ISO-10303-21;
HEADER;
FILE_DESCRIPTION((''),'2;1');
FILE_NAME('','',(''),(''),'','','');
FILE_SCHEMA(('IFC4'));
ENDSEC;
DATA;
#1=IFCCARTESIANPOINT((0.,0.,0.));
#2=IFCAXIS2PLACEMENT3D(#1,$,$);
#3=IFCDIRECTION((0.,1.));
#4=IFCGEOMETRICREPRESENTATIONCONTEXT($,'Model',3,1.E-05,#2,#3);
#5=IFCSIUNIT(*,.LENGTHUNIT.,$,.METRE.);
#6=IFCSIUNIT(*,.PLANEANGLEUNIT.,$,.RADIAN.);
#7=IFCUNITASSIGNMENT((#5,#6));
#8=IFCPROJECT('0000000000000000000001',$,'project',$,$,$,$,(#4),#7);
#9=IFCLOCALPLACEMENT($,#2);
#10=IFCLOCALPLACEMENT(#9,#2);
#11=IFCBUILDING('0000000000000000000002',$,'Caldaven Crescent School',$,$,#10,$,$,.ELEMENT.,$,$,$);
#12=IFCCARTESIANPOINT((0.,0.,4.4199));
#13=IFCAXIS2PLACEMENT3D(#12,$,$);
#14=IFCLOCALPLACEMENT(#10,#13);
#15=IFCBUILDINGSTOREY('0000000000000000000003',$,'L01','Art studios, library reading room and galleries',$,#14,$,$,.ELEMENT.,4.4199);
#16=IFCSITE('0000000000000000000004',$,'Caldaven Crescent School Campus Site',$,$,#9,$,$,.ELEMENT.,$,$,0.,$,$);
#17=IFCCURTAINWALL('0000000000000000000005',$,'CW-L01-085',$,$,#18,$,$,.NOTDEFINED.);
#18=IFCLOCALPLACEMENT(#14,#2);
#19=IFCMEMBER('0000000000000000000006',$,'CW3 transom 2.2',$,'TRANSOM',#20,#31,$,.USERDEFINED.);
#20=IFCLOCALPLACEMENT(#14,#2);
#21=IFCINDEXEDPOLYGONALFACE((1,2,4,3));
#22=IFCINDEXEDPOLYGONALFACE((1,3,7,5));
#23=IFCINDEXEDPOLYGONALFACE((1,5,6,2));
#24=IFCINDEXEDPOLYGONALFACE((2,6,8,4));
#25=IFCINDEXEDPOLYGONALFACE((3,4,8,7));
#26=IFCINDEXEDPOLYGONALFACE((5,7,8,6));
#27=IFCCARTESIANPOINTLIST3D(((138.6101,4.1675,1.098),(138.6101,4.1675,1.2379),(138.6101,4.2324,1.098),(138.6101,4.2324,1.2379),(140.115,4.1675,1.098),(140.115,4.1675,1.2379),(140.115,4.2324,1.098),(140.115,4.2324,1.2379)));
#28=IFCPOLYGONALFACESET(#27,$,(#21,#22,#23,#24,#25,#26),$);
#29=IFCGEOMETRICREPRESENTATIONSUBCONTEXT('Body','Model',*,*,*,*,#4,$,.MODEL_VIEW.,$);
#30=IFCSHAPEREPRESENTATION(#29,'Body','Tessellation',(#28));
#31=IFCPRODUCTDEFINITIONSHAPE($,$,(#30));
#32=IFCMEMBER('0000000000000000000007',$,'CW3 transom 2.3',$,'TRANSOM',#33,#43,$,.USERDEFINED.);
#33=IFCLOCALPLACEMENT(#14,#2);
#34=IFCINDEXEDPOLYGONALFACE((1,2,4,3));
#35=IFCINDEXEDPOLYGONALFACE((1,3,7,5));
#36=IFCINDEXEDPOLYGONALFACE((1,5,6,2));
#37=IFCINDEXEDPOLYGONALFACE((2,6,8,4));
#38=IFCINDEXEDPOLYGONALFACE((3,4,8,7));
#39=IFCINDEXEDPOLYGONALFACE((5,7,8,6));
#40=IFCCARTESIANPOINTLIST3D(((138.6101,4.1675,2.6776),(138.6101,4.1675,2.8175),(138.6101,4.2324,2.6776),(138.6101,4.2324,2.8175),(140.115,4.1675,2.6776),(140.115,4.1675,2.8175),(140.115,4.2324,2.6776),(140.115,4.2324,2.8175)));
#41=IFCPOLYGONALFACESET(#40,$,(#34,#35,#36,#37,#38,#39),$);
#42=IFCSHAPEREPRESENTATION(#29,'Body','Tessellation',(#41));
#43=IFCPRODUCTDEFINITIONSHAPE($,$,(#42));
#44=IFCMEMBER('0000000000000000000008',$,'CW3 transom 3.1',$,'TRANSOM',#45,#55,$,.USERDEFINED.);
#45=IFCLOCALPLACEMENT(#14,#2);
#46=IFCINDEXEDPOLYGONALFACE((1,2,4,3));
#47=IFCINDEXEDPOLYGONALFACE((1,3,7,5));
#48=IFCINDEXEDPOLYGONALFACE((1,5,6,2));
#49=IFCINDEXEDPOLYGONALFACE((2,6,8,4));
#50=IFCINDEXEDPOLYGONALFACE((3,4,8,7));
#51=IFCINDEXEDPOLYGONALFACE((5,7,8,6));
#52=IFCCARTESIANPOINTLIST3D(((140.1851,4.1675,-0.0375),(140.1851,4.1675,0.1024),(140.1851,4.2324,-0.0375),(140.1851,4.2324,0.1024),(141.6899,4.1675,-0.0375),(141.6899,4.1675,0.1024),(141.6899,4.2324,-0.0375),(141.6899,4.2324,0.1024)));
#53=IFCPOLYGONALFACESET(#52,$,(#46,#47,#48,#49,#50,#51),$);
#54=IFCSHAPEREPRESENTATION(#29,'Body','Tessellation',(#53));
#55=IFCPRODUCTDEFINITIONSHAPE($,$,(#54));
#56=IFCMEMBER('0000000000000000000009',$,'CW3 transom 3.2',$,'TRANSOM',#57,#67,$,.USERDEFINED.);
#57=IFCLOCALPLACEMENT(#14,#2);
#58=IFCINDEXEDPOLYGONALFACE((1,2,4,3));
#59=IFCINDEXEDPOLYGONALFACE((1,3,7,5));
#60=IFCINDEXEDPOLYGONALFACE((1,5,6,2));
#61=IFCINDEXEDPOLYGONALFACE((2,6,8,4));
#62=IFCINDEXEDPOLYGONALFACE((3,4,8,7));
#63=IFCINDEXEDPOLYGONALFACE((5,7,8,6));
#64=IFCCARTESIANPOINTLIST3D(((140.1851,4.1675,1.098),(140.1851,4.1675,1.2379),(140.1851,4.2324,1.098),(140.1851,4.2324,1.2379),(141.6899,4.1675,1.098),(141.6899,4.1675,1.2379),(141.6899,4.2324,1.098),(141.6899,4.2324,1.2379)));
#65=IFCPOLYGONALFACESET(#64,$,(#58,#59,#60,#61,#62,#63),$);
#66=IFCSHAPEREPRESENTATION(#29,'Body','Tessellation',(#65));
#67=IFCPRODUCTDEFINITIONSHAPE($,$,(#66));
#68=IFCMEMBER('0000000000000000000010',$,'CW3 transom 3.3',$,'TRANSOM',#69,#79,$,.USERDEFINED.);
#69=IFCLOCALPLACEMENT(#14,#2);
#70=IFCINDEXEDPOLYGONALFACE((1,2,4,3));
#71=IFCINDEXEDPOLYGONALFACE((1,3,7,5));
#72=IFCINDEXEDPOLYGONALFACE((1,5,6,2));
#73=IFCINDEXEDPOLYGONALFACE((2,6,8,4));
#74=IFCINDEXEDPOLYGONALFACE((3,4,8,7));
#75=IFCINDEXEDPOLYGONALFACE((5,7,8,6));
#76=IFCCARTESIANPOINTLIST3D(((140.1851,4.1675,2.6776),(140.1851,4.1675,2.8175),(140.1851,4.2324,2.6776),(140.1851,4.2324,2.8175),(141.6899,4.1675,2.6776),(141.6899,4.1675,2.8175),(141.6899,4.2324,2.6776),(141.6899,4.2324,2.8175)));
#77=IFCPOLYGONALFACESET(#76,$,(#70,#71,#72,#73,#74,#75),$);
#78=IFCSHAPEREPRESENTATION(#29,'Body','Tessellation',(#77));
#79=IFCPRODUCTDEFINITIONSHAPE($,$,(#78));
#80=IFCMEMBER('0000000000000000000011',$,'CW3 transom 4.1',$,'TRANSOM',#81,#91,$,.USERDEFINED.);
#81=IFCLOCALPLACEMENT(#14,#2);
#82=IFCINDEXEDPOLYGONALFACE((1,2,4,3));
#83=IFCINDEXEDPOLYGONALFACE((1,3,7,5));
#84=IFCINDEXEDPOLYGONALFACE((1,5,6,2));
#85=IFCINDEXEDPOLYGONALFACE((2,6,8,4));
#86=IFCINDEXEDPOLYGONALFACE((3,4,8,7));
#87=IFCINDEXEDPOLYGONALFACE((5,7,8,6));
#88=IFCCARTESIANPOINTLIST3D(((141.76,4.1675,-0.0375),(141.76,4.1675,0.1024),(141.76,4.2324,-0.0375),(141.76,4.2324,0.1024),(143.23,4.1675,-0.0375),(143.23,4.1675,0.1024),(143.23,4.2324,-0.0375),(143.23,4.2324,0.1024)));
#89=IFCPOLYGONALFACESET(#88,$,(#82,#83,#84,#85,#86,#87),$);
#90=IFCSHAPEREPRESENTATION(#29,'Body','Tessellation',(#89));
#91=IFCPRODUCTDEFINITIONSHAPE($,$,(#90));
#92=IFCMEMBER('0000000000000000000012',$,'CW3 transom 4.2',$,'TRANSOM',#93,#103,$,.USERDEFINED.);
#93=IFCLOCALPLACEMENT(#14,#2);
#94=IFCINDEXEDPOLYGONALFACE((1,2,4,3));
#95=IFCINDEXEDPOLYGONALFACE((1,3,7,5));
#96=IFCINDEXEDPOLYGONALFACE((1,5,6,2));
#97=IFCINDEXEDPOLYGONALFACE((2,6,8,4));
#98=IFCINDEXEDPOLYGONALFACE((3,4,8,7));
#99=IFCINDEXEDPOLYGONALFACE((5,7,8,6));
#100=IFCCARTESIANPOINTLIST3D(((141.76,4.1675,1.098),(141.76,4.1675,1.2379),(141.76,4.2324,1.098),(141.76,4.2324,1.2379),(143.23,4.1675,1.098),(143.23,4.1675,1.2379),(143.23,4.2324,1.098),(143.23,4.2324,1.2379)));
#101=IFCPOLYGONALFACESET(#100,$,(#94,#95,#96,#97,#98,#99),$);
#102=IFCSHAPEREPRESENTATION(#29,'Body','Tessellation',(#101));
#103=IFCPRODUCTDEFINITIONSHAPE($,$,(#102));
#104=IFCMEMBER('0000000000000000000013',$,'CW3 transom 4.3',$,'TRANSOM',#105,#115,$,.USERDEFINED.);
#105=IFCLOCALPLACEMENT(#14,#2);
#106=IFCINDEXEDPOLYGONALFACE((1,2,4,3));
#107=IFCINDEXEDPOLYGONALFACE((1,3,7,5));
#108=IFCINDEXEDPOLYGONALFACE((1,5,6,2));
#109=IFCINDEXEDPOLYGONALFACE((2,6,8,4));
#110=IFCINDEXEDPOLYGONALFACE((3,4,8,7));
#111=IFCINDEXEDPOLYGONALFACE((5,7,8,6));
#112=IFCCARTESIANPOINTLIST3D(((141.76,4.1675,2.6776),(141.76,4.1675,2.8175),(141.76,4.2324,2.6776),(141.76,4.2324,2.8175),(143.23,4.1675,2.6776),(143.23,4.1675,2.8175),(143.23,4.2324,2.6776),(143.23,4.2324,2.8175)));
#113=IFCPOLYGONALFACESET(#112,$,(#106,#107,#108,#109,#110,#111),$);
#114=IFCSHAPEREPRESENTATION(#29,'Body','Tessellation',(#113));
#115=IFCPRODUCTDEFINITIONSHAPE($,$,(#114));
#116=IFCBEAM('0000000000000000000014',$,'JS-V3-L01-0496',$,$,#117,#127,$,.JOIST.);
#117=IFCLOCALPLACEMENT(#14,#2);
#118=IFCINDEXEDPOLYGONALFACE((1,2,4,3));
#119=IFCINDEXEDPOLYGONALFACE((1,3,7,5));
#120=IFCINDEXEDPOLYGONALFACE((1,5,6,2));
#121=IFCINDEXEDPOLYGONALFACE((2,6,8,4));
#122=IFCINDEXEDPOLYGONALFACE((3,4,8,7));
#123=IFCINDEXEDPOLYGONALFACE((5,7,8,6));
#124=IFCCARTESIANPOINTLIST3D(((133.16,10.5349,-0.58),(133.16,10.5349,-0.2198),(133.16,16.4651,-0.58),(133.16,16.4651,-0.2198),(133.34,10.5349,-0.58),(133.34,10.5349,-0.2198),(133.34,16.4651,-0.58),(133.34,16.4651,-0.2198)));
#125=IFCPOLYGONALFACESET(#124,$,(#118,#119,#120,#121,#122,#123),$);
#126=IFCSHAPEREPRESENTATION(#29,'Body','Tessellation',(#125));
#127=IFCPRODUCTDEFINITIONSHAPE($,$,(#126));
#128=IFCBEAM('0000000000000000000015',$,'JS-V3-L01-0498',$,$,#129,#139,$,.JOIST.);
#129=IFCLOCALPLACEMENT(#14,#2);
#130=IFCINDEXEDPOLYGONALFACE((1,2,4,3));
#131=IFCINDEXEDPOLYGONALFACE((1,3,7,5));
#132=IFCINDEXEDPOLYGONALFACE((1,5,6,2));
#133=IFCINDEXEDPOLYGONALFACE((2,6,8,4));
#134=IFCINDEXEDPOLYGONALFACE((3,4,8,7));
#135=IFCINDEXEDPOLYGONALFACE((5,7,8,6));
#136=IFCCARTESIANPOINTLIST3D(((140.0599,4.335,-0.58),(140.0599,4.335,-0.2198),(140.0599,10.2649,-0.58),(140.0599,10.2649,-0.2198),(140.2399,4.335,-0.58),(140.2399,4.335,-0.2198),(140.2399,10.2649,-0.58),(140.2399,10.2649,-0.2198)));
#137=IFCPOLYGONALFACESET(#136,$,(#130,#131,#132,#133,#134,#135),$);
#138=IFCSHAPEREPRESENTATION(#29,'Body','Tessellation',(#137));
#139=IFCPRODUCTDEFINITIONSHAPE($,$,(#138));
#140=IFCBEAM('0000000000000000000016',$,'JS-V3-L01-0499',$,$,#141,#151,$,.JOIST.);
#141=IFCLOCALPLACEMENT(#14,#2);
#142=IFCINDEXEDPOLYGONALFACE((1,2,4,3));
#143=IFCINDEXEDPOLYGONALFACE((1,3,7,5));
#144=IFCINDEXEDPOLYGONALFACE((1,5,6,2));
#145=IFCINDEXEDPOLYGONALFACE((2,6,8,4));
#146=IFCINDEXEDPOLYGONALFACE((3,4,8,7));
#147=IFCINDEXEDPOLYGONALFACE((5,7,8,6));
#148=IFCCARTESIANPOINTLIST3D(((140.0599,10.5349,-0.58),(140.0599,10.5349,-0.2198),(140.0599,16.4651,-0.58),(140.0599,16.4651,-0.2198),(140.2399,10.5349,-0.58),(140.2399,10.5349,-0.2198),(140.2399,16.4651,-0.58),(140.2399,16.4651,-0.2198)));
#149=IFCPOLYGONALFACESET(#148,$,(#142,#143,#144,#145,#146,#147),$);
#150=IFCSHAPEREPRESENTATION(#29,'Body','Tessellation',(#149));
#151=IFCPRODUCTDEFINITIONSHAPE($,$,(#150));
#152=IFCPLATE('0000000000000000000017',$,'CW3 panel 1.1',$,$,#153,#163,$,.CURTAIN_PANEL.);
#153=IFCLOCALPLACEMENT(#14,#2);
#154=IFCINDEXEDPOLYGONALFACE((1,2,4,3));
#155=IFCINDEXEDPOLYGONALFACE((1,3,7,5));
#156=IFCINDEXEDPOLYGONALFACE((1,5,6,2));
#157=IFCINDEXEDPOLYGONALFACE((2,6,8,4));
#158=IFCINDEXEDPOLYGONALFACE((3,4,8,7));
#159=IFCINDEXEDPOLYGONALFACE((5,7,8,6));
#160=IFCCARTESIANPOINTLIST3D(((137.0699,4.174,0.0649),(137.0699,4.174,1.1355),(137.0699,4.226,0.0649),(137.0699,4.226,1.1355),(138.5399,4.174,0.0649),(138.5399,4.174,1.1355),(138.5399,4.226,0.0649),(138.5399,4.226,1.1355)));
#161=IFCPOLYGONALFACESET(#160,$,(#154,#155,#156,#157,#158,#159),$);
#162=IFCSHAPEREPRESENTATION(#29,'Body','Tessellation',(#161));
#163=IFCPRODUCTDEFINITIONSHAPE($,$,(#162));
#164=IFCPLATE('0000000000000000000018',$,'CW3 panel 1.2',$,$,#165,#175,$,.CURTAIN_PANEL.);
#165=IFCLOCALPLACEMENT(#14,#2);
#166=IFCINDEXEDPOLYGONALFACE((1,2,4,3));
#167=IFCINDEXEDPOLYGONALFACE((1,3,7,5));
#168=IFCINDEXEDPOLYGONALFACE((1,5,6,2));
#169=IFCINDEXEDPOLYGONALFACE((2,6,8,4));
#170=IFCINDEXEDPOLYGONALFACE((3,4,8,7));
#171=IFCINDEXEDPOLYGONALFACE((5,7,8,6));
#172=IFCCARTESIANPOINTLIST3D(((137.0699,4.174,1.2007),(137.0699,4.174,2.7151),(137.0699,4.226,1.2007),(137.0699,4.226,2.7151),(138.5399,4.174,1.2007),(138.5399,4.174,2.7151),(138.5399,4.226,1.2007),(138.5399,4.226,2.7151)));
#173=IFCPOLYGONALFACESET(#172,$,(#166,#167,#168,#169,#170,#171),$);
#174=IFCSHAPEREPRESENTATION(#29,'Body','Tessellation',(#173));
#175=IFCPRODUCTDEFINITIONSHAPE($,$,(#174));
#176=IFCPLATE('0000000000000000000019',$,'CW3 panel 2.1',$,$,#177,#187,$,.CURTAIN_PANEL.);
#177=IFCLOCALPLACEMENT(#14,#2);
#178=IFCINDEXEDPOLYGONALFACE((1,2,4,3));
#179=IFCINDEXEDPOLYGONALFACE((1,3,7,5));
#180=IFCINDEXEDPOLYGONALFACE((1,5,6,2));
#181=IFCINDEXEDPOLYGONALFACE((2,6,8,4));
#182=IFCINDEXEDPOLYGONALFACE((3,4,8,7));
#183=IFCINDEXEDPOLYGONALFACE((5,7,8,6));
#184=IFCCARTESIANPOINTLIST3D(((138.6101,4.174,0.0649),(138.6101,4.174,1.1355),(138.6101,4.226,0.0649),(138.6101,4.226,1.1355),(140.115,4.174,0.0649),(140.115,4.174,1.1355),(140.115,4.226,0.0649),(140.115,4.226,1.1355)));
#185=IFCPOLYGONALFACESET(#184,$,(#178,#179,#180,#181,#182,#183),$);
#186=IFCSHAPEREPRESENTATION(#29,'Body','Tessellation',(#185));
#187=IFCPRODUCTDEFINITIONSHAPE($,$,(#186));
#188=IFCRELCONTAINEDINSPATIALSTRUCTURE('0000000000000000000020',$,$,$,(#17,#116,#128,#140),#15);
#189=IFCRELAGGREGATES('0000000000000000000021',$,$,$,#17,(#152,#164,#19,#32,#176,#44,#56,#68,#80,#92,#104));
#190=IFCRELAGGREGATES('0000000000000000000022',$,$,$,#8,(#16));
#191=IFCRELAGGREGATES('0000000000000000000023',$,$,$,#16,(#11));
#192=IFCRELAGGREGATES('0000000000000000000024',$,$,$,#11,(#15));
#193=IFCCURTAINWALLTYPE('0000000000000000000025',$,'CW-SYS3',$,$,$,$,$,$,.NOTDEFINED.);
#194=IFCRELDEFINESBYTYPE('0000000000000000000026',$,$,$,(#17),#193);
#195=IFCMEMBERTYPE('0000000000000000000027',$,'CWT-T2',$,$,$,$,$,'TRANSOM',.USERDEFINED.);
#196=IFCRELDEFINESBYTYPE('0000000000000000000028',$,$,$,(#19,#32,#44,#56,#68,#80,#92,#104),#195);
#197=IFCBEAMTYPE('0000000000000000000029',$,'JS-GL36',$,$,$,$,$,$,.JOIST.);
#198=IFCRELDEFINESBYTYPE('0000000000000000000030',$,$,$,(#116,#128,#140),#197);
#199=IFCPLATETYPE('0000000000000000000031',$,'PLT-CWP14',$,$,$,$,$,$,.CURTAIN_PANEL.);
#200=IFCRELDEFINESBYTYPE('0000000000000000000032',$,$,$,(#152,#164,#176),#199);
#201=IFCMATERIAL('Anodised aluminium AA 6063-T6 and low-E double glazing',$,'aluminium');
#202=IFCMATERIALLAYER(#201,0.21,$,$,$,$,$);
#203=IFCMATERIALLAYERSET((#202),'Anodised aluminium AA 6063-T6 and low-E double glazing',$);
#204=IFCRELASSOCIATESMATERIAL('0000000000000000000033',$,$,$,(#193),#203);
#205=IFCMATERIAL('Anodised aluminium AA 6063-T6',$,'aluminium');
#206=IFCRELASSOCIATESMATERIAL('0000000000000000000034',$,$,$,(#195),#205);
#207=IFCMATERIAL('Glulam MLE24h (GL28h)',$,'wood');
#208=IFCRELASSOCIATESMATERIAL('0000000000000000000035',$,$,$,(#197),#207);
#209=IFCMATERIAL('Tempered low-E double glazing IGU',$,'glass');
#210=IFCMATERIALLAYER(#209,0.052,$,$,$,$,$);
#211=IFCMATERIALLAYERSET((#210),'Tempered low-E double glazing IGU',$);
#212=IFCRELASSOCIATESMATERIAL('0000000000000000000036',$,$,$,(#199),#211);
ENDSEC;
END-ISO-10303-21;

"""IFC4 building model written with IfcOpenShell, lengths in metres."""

from ifc_helpers import new_model, si_unit, direction, frame, origin, origin_2d, place, context, subcontext, project, spatial, rectangle, extrude, material, layer, layer_set, material_profile, profile_set, type_object, element, aggregate, save


model = new_model("IFC4")

# Units and contexts
model_context = context("Model", 3, precision=1e-05, world=origin(), true_north=direction((0.0, 1.0)))
body_context = subcontext(model_context, "Body", "Model", "MODEL_VIEW")
ifc_project = project(units=[si_unit("LENGTHUNIT", "METRE"), si_unit("PLANEANGLEUNIT", "RADIAN")], contexts=[model_context])

# Site, building, storey
site_placement = place(None, origin())
site = spatial("IfcSite", under=ifc_project, at=site_placement, Name="Caldaven Crescent School Campus Site", CompositionType="ELEMENT", RefElevation=0.0)
building_placement = place(site_placement, origin())
building = spatial("IfcBuilding", under=site, at=building_placement, Name="Caldaven Crescent School", CompositionType="ELEMENT")
storey_placement = place(building_placement, frame((0.0, 0.0, 4.4199)))
storey = spatial("IfcBuildingStorey", under=building, at=storey_placement, Name="L01", Description="Art studios, library reading room and galleries", CompositionType="ELEMENT", Elevation=4.4199)

# Shared definitions
ifc_material_1 = material(Name="Glulam MLE24h (GL28h)", Category="wood")

# Curtain wall, members
ifc_material_2 = material(Name="Anodised aluminium AA 6063-T6 and low-E double glazing", Category="aluminium")
ifc_layer_1 = layer(ifc_material_2, 0.21)
ifc_layer_set_1 = layer_set([ifc_layer_1], Name="Anodised aluminium AA 6063-T6 and low-E double glazing")
curtain_wall_type = type_object("IfcCurtainWallType", Name="CW-SYS3", PredefinedType="NOTDEFINED", material=ifc_layer_set_1)
curtain_wall_placement = place(storey_placement, origin())
curtain_wall = element("IfcCurtainWall", 1, at=curtain_wall_placement, inside=storey, type_object=curtain_wall_type, Name="CW-L01-085", PredefinedType="NOTDEFINED")
ifc_material_3 = material(Name="Anodised aluminium AA 6063-T6", Category="aluminium")
ifc_material_profile_1 = material_profile(ifc_material_3, rectangle(XDim=0.0649, YDim=0.1399, at=origin_2d()), Name="CWT 65x140")
ifc_profile_set_1 = profile_set([ifc_material_profile_1], Name="Anodised aluminium AA 6063-T6")
member_type_1 = type_object("IfcMemberType", Name="CWT-T2", ElementType="TRANSOM", PredefinedType="USERDEFINED", material=ifc_profile_set_1)
member_1_placement = place(storey_placement, frame((138.6101, 4.2, 1.168), z_axis=(1.0, 0.0, 0.0), x_axis=(0.0, 1.0, 0.0)))
member_1 = element("IfcMember", 2, at=member_1_placement, type_object=member_type_1, Name="CW3 transom 2.2", ObjectType="TRANSOM", PredefinedType="USERDEFINED", context=body_context, shape_type="SweptSolid", body=[
    extrude(rectangle(XDim=0.0649, YDim=0.1399, at=origin_2d()), origin(), (0.0, 0.0, 1.0), 1.5049),
])
member_2_placement = place(storey_placement, frame((138.6101, 4.2, 2.7476), z_axis=(1.0, 0.0, 0.0), x_axis=(0.0, 1.0, 0.0)))
member_2 = element("IfcMember", 3, at=member_2_placement, type_object=member_type_1, Name="CW3 transom 2.3", ObjectType="TRANSOM", PredefinedType="USERDEFINED", context=body_context, shape_type="SweptSolid", body=[
    extrude(rectangle(XDim=0.0649, YDim=0.1399, at=origin_2d()), origin(), (0.0, 0.0, 1.0), 1.5049),
])
member_3_placement = place(storey_placement, frame((140.1851, 4.2, 0.0325), z_axis=(1.0, 0.0, 0.0), x_axis=(0.0, 1.0, 0.0)))
member_3 = element("IfcMember", 4, at=member_3_placement, type_object=member_type_1, Name="CW3 transom 3.1", ObjectType="TRANSOM", PredefinedType="USERDEFINED", context=body_context, shape_type="SweptSolid", body=[
    extrude(rectangle(XDim=0.0649, YDim=0.1399, at=origin_2d()), origin(), (0.0, 0.0, 1.0), 1.5049),
])
member_4_placement = place(storey_placement, frame((140.1851, 4.2, 1.168), z_axis=(1.0, 0.0, 0.0), x_axis=(0.0, 1.0, 0.0)))
member_4 = element("IfcMember", 5, at=member_4_placement, type_object=member_type_1, Name="CW3 transom 3.2", ObjectType="TRANSOM", PredefinedType="USERDEFINED", context=body_context, shape_type="SweptSolid", body=[
    extrude(rectangle(XDim=0.0649, YDim=0.1399, at=origin_2d()), origin(), (0.0, 0.0, 1.0), 1.5049),
])
member_5_placement = place(storey_placement, frame((140.1851, 4.2, 2.7476), z_axis=(1.0, 0.0, 0.0), x_axis=(0.0, 1.0, 0.0)))
member_5 = element("IfcMember", 6, at=member_5_placement, type_object=member_type_1, Name="CW3 transom 3.3", ObjectType="TRANSOM", PredefinedType="USERDEFINED", context=body_context, shape_type="SweptSolid", body=[
    extrude(rectangle(XDim=0.0649, YDim=0.1399, at=origin_2d()), origin(), (0.0, 0.0, 1.0), 1.5049),
])
member_6_placement = place(storey_placement, frame((141.76, 4.2, 0.0325), z_axis=(1.0, 0.0, 0.0), x_axis=(0.0, 1.0, 0.0)))
member_6 = element("IfcMember", 7, at=member_6_placement, type_object=member_type_1, Name="CW3 transom 4.1", ObjectType="TRANSOM", PredefinedType="USERDEFINED", context=body_context, shape_type="SweptSolid", body=[
    extrude(rectangle(XDim=0.0649, YDim=0.1399, at=origin_2d()), origin(), (0.0, 0.0, 1.0), 1.47),
])
member_7_placement = place(storey_placement, frame((141.76, 4.2, 1.168), z_axis=(1.0, 0.0, 0.0), x_axis=(0.0, 1.0, 0.0)))
member_7 = element("IfcMember", 8, at=member_7_placement, type_object=member_type_1, Name="CW3 transom 4.2", ObjectType="TRANSOM", PredefinedType="USERDEFINED", context=body_context, shape_type="SweptSolid", body=[
    extrude(rectangle(XDim=0.0649, YDim=0.1399, at=origin_2d()), origin(), (0.0, 0.0, 1.0), 1.47),
])
member_8_placement = place(storey_placement, frame((141.76, 4.2, 2.7476), z_axis=(1.0, 0.0, 0.0), x_axis=(0.0, 1.0, 0.0)))
member_8 = element("IfcMember", 9, at=member_8_placement, type_object=member_type_1, Name="CW3 transom 4.3", ObjectType="TRANSOM", PredefinedType="USERDEFINED", context=body_context, shape_type="SweptSolid", body=[
    extrude(rectangle(XDim=0.0649, YDim=0.1399, at=origin_2d()), origin(), (0.0, 0.0, 1.0), 1.47),
])

# Beams
ifc_material_profile_2 = material_profile(ifc_material_1, rectangle(XDim=0.1799, YDim=0.3601, at=origin_2d()), Name="MLE 180x360")
ifc_profile_set_2 = profile_set([ifc_material_profile_2], Name="Glulam MLE24h (GL28h)")
beam_type_1 = type_object("IfcBeamType", Name="JS-GL36", PredefinedType="JOIST", material=ifc_profile_set_2)
beam_1_placement = place(storey_placement, frame((133.25, 10.5349, -0.3999), z_axis=(0.0, 1.0, 0.0), x_axis=(-1.0, 0.0, 0.0)))
element("IfcBeam", 10, at=beam_1_placement, inside=storey, type_object=beam_type_1, Name="JS-V3-L01-0496", PredefinedType="JOIST", context=body_context, shape_type="SweptSolid", body=[
    extrude(rectangle(XDim=0.1799, YDim=0.3601, at=origin_2d()), origin(), (0.0, 0.0, 1.0), 5.9302),
])
beam_2_placement = place(storey_placement, frame((140.1499, 4.335, -0.3999), z_axis=(0.0, 1.0, 0.0), x_axis=(-1.0, 0.0, 0.0)))
element("IfcBeam", 11, at=beam_2_placement, inside=storey, type_object=beam_type_1, Name="JS-V3-L01-0498", PredefinedType="JOIST", context=body_context, shape_type="SweptSolid", body=[
    extrude(rectangle(XDim=0.1799, YDim=0.3601, at=origin_2d()), origin(), (0.0, 0.0, 1.0), 5.9299),
])
beam_3_placement = place(storey_placement, frame((140.1499, 10.5349, -0.3999), z_axis=(0.0, 1.0, 0.0), x_axis=(-1.0, 0.0, 0.0)))
element("IfcBeam", 12, at=beam_3_placement, inside=storey, type_object=beam_type_1, Name="JS-V3-L01-0499", PredefinedType="JOIST", context=body_context, shape_type="SweptSolid", body=[
    extrude(rectangle(XDim=0.1799, YDim=0.3601, at=origin_2d()), origin(), (0.0, 0.0, 1.0), 5.9302),
])

# Plates
ifc_material_4 = material(Name="Tempered low-E double glazing IGU", Category="glass")
ifc_layer_2 = layer(ifc_material_4, 0.052)
ifc_layer_set_2 = layer_set([ifc_layer_2], Name="Tempered low-E double glazing IGU")
plate_type = type_object("IfcPlateType", Name="PLT-CWP14", PredefinedType="CURTAIN_PANEL", material=ifc_layer_set_2)
plate_1_placement = place(storey_placement, frame((137.8049, 4.2, 0.0649), z_axis=(0.0, 0.0, 1.0), x_axis=(1.0, 0.0, 0.0)))
plate_1 = element("IfcPlate", 13, at=plate_1_placement, type_object=plate_type, Name="CW3 panel 1.1", PredefinedType="CURTAIN_PANEL", context=body_context, shape_type="SweptSolid", body=[
    extrude(rectangle(XDim=1.47, YDim=0.052, at=origin_2d()), origin(), (0.0, 0.0, 1.0), 1.0706),
])
plate_2_placement = place(storey_placement, frame((137.8049, 4.2, 1.2007), z_axis=(0.0, 0.0, 1.0), x_axis=(1.0, 0.0, 0.0)))
plate_2 = element("IfcPlate", 14, at=plate_2_placement, type_object=plate_type, Name="CW3 panel 1.2", PredefinedType="CURTAIN_PANEL", context=body_context, shape_type="SweptSolid", body=[
    extrude(rectangle(XDim=1.47, YDim=0.052, at=origin_2d()), origin(), (0.0, 0.0, 1.0), 1.5144),
])
plate_3_placement = place(storey_placement, frame((139.3625, 4.2, 0.0649), z_axis=(0.0, 0.0, 1.0), x_axis=(1.0, 0.0, 0.0)))
plate_3 = element("IfcPlate", 15, at=plate_3_placement, type_object=plate_type, Name="CW3 panel 2.1", PredefinedType="CURTAIN_PANEL", context=body_context, shape_type="SweptSolid", body=[
    extrude(rectangle(XDim=1.5049, YDim=0.052, at=origin_2d()), origin(), (0.0, 0.0, 1.0), 1.0706),
])
aggregate(curtain_wall, [plate_1, plate_2, member_1, member_2, plate_3, member_3, member_4, member_5, member_6, member_7, member_8])

save(model, "model.ifc")
